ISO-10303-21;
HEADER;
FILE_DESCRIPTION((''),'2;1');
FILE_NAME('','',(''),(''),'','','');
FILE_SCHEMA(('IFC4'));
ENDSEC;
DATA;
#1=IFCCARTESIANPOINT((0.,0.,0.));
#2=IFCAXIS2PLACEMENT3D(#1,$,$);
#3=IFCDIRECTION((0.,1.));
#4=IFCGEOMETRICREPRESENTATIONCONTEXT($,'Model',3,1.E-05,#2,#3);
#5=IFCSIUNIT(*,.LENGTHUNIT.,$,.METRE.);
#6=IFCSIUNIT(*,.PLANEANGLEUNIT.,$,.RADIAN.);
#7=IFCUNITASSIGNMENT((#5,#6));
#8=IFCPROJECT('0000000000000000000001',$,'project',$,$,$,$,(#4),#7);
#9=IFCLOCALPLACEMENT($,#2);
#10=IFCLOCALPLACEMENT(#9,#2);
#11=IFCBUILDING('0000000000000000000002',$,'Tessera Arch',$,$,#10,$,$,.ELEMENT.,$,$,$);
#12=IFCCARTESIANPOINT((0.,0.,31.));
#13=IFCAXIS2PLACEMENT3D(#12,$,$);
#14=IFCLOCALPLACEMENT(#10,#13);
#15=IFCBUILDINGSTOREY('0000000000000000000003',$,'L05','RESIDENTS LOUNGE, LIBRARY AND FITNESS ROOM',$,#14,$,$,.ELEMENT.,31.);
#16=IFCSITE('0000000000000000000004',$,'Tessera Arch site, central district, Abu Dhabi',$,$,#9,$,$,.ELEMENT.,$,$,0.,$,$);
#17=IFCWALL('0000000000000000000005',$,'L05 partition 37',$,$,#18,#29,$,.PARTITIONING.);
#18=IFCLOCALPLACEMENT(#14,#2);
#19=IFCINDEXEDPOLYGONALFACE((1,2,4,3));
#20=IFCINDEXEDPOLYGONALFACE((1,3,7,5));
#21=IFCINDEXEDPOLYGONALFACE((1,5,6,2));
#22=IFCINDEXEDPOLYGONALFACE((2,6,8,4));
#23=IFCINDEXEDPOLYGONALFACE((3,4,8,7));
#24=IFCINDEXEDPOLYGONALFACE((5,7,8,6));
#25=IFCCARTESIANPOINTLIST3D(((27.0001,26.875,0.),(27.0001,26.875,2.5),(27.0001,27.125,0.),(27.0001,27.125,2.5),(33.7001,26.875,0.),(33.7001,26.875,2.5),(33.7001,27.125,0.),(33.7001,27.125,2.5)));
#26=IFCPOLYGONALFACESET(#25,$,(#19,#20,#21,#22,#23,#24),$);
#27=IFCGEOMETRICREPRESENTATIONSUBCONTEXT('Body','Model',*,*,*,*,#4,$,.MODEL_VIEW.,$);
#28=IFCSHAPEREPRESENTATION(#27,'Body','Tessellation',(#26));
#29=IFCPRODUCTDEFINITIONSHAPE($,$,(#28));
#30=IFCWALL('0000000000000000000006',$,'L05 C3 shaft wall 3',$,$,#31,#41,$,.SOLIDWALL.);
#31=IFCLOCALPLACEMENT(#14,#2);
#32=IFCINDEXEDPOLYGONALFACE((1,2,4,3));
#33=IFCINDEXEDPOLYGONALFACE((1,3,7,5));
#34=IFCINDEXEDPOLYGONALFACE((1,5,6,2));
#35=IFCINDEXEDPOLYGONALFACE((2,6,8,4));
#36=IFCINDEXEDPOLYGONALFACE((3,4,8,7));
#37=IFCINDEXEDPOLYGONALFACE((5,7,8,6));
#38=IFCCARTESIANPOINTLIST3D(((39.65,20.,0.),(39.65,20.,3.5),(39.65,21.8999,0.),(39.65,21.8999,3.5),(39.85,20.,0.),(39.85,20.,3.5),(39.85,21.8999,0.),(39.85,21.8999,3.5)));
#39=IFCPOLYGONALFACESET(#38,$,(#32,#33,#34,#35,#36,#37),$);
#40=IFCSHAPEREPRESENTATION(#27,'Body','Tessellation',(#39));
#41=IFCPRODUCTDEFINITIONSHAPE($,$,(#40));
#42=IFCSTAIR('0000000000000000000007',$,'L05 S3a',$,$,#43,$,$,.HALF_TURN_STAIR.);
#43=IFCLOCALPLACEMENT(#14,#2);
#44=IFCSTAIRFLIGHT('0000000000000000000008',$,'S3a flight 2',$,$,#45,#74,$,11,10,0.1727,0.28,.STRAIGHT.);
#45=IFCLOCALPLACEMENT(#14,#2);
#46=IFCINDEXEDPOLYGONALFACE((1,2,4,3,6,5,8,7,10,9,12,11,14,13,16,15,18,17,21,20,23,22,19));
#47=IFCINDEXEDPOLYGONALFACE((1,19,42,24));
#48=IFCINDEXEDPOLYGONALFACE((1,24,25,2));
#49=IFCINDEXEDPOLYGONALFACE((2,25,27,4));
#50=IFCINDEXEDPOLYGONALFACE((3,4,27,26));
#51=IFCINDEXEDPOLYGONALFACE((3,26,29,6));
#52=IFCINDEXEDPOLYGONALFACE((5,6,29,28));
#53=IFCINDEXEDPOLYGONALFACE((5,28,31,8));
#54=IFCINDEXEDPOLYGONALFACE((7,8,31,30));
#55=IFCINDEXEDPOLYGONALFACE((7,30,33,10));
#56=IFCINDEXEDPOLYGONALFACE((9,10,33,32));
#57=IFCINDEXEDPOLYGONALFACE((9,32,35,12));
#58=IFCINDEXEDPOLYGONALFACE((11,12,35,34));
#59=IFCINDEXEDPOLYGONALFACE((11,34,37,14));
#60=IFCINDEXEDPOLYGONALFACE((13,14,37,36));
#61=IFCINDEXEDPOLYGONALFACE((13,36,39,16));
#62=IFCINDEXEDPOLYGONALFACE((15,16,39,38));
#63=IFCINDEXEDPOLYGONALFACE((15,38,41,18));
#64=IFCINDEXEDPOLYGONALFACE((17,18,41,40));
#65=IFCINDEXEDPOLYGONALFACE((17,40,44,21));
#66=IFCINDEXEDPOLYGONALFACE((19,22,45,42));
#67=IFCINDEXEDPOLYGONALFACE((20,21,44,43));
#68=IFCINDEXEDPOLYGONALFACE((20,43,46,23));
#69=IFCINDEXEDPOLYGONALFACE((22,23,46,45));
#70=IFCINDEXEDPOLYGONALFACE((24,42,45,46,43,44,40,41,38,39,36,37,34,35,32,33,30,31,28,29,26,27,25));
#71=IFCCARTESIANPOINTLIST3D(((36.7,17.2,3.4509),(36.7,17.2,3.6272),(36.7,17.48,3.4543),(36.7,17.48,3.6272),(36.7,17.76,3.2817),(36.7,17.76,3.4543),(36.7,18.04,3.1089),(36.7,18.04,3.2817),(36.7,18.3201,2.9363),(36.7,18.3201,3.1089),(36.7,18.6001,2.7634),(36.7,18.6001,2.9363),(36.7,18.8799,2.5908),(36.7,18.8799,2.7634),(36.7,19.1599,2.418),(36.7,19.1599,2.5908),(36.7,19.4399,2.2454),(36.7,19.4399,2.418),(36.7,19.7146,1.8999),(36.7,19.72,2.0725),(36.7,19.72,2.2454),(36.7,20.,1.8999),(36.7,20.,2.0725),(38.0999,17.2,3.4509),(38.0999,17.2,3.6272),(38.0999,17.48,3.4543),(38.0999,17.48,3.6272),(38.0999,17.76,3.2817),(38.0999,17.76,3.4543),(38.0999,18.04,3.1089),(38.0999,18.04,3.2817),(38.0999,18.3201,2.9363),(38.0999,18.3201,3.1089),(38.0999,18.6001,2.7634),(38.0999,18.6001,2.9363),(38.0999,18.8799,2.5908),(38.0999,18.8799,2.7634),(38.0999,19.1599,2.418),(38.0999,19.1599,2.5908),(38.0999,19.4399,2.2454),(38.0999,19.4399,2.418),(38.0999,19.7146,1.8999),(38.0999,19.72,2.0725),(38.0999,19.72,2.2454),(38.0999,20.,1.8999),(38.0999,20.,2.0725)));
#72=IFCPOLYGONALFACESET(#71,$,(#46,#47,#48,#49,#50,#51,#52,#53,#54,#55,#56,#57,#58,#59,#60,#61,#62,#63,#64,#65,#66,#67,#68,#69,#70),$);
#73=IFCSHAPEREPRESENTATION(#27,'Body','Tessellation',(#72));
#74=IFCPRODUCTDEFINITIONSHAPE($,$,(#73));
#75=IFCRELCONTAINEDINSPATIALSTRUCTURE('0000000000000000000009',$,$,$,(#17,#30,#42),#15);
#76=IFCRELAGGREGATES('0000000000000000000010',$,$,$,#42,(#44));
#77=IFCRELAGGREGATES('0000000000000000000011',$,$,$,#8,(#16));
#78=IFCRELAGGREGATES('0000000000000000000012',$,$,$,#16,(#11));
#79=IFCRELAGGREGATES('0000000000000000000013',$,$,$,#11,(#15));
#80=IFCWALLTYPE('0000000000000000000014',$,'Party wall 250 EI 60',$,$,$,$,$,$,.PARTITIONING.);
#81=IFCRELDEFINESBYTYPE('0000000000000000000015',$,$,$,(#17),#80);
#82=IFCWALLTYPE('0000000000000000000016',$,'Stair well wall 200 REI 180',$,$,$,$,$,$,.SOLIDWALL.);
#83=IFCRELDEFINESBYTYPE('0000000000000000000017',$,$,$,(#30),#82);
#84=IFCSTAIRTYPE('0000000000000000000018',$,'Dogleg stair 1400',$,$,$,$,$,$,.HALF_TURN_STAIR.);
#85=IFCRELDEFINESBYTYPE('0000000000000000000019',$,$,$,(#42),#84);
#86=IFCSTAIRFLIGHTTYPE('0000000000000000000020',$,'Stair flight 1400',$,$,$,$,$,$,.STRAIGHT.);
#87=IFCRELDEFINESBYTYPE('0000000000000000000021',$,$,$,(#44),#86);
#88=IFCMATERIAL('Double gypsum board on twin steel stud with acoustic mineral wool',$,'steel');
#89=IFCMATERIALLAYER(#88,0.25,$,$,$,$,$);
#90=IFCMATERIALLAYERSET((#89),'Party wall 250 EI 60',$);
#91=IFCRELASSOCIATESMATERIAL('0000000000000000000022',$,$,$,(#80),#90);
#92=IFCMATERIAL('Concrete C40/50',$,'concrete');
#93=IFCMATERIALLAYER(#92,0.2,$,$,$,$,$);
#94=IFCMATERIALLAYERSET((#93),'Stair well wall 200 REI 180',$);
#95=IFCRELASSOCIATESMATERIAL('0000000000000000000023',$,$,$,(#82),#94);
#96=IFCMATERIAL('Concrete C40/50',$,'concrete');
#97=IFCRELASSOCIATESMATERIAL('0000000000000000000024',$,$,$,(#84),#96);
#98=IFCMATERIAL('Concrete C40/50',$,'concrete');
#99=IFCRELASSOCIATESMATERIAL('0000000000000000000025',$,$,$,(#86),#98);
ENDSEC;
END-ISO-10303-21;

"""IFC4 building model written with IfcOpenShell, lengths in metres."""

from ifc_helpers import new_model, si_unit, direction, frame, frame_2d, origin, place, context, subcontext, project, spatial, polyline, rectangle, outline, extrude, material, layer, layer_set, type_object, element, aggregate, save


model = new_model("IFC4")

# Units and contexts
model_context = context("Model", 3, precision=1e-05, world=origin(), true_north=direction((0.0, 1.0)))
body_context = subcontext(model_context, "Body", "Model", "MODEL_VIEW")
ifc_project = project(units=[si_unit("LENGTHUNIT", "METRE"), si_unit("PLANEANGLEUNIT", "RADIAN")], contexts=[model_context])

# Site, building, storey
site_placement = place(None, origin())
site = spatial("IfcSite", under=ifc_project, at=site_placement, Name="Tessera Arch site, central district, Abu Dhabi", CompositionType="ELEMENT", RefElevation=0.0)
building_placement = place(site_placement, origin())
building = spatial("IfcBuilding", under=site, at=building_placement, Name="Tessera Arch", CompositionType="ELEMENT")
storey_placement = place(building_placement, frame((0.0, 0.0, 31.0)))
storey = spatial("IfcBuildingStorey", under=building, at=storey_placement, Name="L05", Description="RESIDENTS LOUNGE, LIBRARY AND FITNESS ROOM", CompositionType="ELEMENT", Elevation=31.0)

# Walls
ifc_material_1 = material(Name="Double gypsum board on twin steel stud with acoustic mineral wool", Category="steel")
ifc_layer_1 = layer(ifc_material_1, 0.25)
ifc_layer_set_1 = layer_set([ifc_layer_1], Name="Party wall 250 EI 60")
wall_type_1 = type_object("IfcWallType", Name="Party wall 250 EI 60", PredefinedType="PARTITIONING", material=ifc_layer_set_1)
wall_1_placement = place(storey_placement, frame((27.0, 27.0, 0.0), z_axis=(0.0, 0.0, 1.0), x_axis=(1.0, 0.0, 0.0)))
element("IfcWall", 1, at=wall_1_placement, inside=storey, type_object=wall_type_1, Name="L05 partition 37", PredefinedType="PARTITIONING", context=body_context, shape_type="SweptSolid", body=[
    extrude(rectangle(XDim=6.7, YDim=0.25, at=frame_2d((3.3501, 0.0))), origin(), (0.0, 0.0, 1.0), 2.5),
])
ifc_material_2 = material(Name="Concrete C40/50", Category="concrete")
ifc_layer_2 = layer(ifc_material_2, 0.2)
ifc_layer_set_2 = layer_set([ifc_layer_2], Name="Stair well wall 200 REI 180")
wall_type_2 = type_object("IfcWallType", Name="Stair well wall 200 REI 180", PredefinedType="SOLIDWALL", material=ifc_layer_set_2)
wall_2_placement = place(storey_placement, frame((39.75, 20.0, 0.0), z_axis=(0.0, 0.0, 1.0), x_axis=(0.0, 1.0, 0.0)))
element("IfcWall", 2, at=wall_2_placement, inside=storey, type_object=wall_type_2, Name="L05 C3 shaft wall 3", PredefinedType="SOLIDWALL", context=body_context, shape_type="SweptSolid", body=[
    extrude(rectangle(XDim=1.8999, YDim=0.2, at=frame_2d((0.95, 0.0))), origin(), (0.0, 0.0, 1.0), 3.5),
])

# Stair, stair flight
ifc_material_3 = material(Name="Concrete C40/50", Category="concrete")
stair_type = type_object("IfcStairType", Name="Dogleg stair 1400", PredefinedType="HALF_TURN_STAIR", material=ifc_material_3)
stair_placement = place(storey_placement, origin())
stair = element("IfcStair", 3, at=stair_placement, inside=storey, type_object=stair_type, Name="L05 S3a", PredefinedType="HALF_TURN_STAIR")
ifc_material_4 = material(Name="Concrete C40/50", Category="concrete")
stair_flight_type = type_object("IfcStairFlightType", Name="Stair flight 1400", PredefinedType="STRAIGHT", material=ifc_material_4)
stair_flight_placement = place(storey_placement, frame((37.3999, 20.0, 1.8999), z_axis=(0.0, 0.0, 1.0), x_axis=(0.0, -1.0, 0.0)))
stair_flight = element("IfcStairFlight", 4, at=stair_flight_placement, type_object=stair_flight_type, Name="S3a flight 2", NumberOfRisers=11, NumberOfTreads=10, PredefinedType="STRAIGHT", RiserHeight=0.1727, TreadLength=0.28, context=body_context, shape_type="SweptSolid", body=[
    extrude(outline(polyline([(0.0, 0.0), (0.0, 0.1726), (0.28, 0.1726), (0.28, 0.3455), (0.5601, 0.3455), (0.5601, 0.5181), (0.8401, 0.5181), (0.8401, 0.6909), (1.1201, 0.6909), (1.1201, 0.8635), (1.3999, 0.8635), (1.3999, 1.0364), (1.6799, 1.0364), (1.6799, 1.209), (1.96, 1.209), (1.96, 1.3818), (2.24, 1.3818), (2.24, 1.5544), (2.52, 1.5544), (2.52, 1.7273), (2.8, 1.7273), (2.8, 1.8999), (2.8, 1.551), (0.2854, 0.0), (0.0, 0.0)])), frame((0.0, 0.7, 0.0), z_axis=(0.0, -1.0, 0.0), x_axis=(1.0, 0.0, 0.0)), (0.0, 0.0, 1.0), 1.3999),
])
aggregate(stair, [stair_flight])

save(model, "model.ifc")
